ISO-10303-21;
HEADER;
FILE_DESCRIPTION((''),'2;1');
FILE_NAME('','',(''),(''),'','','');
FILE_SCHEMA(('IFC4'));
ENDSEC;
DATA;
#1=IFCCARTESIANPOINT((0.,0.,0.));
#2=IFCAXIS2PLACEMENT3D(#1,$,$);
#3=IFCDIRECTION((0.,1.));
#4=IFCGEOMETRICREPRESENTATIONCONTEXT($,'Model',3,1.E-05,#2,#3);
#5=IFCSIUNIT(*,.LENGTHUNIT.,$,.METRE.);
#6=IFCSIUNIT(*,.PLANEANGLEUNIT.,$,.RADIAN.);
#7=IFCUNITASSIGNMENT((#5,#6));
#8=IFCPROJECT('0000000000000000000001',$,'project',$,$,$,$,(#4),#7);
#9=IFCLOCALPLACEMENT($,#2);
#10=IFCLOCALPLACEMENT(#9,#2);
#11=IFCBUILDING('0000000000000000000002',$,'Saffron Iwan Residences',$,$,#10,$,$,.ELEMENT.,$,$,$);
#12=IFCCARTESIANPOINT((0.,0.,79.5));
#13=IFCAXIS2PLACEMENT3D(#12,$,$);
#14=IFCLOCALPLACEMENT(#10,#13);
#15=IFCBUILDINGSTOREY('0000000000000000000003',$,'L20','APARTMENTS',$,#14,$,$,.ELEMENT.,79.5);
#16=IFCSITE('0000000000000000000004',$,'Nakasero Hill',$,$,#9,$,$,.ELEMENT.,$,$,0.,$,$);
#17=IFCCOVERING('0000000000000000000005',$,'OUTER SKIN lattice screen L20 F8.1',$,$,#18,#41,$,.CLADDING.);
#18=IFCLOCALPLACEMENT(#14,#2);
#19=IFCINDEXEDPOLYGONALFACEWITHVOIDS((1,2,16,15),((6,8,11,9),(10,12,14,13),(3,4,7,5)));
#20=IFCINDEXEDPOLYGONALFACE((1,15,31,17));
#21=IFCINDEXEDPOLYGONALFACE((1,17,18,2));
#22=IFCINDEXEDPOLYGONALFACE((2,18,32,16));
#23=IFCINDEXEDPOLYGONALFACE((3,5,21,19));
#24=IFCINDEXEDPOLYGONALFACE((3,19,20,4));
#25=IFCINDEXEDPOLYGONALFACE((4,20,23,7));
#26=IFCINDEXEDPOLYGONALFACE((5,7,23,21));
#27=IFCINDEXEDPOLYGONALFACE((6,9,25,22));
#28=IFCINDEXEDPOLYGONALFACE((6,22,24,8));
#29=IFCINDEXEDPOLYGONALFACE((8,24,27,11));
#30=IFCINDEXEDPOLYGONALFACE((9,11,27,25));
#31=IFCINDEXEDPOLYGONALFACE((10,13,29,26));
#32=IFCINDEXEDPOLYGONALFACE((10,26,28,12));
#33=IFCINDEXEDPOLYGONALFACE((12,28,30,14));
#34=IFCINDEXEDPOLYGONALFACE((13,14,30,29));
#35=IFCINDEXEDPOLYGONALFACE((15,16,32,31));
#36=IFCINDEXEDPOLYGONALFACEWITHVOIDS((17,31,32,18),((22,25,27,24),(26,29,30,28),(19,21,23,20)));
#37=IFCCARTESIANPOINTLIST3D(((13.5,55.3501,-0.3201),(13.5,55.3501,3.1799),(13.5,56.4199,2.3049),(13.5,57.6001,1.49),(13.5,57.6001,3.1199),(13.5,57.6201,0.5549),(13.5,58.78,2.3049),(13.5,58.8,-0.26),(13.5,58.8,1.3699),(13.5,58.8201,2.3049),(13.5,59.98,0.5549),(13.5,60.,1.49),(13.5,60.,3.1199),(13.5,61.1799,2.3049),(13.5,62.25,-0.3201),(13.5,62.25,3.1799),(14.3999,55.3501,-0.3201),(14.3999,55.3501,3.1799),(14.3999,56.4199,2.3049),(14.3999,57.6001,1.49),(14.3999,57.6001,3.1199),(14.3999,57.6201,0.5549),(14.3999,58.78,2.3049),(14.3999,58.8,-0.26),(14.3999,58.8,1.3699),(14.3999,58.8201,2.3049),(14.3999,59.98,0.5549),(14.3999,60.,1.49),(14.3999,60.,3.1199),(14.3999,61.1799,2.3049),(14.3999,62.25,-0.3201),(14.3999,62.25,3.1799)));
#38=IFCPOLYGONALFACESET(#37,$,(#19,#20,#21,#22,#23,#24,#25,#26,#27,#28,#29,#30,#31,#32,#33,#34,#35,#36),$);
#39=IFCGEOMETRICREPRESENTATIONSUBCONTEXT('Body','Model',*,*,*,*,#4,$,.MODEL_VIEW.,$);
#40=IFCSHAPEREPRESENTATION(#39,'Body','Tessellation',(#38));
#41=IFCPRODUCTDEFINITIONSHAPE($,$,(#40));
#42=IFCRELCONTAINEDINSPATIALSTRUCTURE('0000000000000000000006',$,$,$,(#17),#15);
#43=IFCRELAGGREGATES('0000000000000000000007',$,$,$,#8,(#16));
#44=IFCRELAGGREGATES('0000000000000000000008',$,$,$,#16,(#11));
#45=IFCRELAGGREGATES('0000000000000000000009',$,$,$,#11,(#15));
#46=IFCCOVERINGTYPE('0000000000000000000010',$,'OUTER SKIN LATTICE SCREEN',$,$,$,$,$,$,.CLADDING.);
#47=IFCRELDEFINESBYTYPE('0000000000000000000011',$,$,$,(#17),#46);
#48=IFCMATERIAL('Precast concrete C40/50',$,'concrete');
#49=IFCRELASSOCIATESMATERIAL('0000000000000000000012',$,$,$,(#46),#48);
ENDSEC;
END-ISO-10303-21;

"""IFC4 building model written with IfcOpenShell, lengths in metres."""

from ifc_helpers import new_model, si_unit, direction, frame, origin, place, context, subcontext, project, spatial, polyline, outline, extrude, material, type_object, element, save


model = new_model("IFC4")

# Units and contexts
model_context = context("Model", 3, precision=1e-05, world=origin(), true_north=direction((0.0, 1.0)))
body_context = subcontext(model_context, "Body", "Model", "MODEL_VIEW")
ifc_project = project(units=[si_unit("LENGTHUNIT", "METRE"), si_unit("PLANEANGLEUNIT", "RADIAN")], contexts=[model_context])

# Site, building, storey
site_placement = place(None, origin())
site = spatial("IfcSite", under=ifc_project, at=site_placement, Name="Nakasero Hill", CompositionType="ELEMENT", RefElevation=0.0)
building_placement = place(site_placement, origin())
building = spatial("IfcBuilding", under=site, at=building_placement, Name="Saffron Iwan Residences", CompositionType="ELEMENT")
storey_placement = place(building_placement, frame((0.0, 0.0, 79.5)))
storey = spatial("IfcBuildingStorey", under=building, at=storey_placement, Name="L20", Description="APARTMENTS", CompositionType="ELEMENT", Elevation=79.5)

# Covering
ifc_material_1 = material(Name="Precast concrete C40/50", Category="concrete")
covering_type = type_object("IfcCoveringType", Name="OUTER SKIN LATTICE SCREEN", PredefinedType="CLADDING", material=ifc_material_1)
covering_placement = place(storey_placement, frame((14.3999, 62.25, -0.3201), z_axis=(-1.0, 0.0, 0.0), x_axis=(0.0, -1.0, 0.0)))
element("IfcCovering", 1, at=covering_placement, inside=storey, type_object=covering_type, Name="OUTER SKIN lattice screen L20 F8.1", PredefinedType="CLADDING", context=body_context, shape_type="SweptSolid", body=[
    extrude(outline(polyline([(0.0, 0.0), (6.8999, 0.0), (6.8999, 3.5), (0.0, 3.5), (0.0, 0.0)]), holes=[polyline([(2.27, 0.875), (3.45, 0.0601), (4.6299, 0.875), (3.45, 1.6899), (2.27, 0.875)]), polyline([(1.0701, 2.625), (2.25, 1.8101), (3.4299, 2.625), (2.25, 3.4399), (1.0701, 2.625)]), polyline([(3.47, 2.625), (4.6499, 1.8101), (5.8301, 2.625), (4.6499, 3.4399), (3.47, 2.625)])]), origin(), (0.0, 0.0, 1.0), 0.8999),
])

save(model, "model.ifc")
